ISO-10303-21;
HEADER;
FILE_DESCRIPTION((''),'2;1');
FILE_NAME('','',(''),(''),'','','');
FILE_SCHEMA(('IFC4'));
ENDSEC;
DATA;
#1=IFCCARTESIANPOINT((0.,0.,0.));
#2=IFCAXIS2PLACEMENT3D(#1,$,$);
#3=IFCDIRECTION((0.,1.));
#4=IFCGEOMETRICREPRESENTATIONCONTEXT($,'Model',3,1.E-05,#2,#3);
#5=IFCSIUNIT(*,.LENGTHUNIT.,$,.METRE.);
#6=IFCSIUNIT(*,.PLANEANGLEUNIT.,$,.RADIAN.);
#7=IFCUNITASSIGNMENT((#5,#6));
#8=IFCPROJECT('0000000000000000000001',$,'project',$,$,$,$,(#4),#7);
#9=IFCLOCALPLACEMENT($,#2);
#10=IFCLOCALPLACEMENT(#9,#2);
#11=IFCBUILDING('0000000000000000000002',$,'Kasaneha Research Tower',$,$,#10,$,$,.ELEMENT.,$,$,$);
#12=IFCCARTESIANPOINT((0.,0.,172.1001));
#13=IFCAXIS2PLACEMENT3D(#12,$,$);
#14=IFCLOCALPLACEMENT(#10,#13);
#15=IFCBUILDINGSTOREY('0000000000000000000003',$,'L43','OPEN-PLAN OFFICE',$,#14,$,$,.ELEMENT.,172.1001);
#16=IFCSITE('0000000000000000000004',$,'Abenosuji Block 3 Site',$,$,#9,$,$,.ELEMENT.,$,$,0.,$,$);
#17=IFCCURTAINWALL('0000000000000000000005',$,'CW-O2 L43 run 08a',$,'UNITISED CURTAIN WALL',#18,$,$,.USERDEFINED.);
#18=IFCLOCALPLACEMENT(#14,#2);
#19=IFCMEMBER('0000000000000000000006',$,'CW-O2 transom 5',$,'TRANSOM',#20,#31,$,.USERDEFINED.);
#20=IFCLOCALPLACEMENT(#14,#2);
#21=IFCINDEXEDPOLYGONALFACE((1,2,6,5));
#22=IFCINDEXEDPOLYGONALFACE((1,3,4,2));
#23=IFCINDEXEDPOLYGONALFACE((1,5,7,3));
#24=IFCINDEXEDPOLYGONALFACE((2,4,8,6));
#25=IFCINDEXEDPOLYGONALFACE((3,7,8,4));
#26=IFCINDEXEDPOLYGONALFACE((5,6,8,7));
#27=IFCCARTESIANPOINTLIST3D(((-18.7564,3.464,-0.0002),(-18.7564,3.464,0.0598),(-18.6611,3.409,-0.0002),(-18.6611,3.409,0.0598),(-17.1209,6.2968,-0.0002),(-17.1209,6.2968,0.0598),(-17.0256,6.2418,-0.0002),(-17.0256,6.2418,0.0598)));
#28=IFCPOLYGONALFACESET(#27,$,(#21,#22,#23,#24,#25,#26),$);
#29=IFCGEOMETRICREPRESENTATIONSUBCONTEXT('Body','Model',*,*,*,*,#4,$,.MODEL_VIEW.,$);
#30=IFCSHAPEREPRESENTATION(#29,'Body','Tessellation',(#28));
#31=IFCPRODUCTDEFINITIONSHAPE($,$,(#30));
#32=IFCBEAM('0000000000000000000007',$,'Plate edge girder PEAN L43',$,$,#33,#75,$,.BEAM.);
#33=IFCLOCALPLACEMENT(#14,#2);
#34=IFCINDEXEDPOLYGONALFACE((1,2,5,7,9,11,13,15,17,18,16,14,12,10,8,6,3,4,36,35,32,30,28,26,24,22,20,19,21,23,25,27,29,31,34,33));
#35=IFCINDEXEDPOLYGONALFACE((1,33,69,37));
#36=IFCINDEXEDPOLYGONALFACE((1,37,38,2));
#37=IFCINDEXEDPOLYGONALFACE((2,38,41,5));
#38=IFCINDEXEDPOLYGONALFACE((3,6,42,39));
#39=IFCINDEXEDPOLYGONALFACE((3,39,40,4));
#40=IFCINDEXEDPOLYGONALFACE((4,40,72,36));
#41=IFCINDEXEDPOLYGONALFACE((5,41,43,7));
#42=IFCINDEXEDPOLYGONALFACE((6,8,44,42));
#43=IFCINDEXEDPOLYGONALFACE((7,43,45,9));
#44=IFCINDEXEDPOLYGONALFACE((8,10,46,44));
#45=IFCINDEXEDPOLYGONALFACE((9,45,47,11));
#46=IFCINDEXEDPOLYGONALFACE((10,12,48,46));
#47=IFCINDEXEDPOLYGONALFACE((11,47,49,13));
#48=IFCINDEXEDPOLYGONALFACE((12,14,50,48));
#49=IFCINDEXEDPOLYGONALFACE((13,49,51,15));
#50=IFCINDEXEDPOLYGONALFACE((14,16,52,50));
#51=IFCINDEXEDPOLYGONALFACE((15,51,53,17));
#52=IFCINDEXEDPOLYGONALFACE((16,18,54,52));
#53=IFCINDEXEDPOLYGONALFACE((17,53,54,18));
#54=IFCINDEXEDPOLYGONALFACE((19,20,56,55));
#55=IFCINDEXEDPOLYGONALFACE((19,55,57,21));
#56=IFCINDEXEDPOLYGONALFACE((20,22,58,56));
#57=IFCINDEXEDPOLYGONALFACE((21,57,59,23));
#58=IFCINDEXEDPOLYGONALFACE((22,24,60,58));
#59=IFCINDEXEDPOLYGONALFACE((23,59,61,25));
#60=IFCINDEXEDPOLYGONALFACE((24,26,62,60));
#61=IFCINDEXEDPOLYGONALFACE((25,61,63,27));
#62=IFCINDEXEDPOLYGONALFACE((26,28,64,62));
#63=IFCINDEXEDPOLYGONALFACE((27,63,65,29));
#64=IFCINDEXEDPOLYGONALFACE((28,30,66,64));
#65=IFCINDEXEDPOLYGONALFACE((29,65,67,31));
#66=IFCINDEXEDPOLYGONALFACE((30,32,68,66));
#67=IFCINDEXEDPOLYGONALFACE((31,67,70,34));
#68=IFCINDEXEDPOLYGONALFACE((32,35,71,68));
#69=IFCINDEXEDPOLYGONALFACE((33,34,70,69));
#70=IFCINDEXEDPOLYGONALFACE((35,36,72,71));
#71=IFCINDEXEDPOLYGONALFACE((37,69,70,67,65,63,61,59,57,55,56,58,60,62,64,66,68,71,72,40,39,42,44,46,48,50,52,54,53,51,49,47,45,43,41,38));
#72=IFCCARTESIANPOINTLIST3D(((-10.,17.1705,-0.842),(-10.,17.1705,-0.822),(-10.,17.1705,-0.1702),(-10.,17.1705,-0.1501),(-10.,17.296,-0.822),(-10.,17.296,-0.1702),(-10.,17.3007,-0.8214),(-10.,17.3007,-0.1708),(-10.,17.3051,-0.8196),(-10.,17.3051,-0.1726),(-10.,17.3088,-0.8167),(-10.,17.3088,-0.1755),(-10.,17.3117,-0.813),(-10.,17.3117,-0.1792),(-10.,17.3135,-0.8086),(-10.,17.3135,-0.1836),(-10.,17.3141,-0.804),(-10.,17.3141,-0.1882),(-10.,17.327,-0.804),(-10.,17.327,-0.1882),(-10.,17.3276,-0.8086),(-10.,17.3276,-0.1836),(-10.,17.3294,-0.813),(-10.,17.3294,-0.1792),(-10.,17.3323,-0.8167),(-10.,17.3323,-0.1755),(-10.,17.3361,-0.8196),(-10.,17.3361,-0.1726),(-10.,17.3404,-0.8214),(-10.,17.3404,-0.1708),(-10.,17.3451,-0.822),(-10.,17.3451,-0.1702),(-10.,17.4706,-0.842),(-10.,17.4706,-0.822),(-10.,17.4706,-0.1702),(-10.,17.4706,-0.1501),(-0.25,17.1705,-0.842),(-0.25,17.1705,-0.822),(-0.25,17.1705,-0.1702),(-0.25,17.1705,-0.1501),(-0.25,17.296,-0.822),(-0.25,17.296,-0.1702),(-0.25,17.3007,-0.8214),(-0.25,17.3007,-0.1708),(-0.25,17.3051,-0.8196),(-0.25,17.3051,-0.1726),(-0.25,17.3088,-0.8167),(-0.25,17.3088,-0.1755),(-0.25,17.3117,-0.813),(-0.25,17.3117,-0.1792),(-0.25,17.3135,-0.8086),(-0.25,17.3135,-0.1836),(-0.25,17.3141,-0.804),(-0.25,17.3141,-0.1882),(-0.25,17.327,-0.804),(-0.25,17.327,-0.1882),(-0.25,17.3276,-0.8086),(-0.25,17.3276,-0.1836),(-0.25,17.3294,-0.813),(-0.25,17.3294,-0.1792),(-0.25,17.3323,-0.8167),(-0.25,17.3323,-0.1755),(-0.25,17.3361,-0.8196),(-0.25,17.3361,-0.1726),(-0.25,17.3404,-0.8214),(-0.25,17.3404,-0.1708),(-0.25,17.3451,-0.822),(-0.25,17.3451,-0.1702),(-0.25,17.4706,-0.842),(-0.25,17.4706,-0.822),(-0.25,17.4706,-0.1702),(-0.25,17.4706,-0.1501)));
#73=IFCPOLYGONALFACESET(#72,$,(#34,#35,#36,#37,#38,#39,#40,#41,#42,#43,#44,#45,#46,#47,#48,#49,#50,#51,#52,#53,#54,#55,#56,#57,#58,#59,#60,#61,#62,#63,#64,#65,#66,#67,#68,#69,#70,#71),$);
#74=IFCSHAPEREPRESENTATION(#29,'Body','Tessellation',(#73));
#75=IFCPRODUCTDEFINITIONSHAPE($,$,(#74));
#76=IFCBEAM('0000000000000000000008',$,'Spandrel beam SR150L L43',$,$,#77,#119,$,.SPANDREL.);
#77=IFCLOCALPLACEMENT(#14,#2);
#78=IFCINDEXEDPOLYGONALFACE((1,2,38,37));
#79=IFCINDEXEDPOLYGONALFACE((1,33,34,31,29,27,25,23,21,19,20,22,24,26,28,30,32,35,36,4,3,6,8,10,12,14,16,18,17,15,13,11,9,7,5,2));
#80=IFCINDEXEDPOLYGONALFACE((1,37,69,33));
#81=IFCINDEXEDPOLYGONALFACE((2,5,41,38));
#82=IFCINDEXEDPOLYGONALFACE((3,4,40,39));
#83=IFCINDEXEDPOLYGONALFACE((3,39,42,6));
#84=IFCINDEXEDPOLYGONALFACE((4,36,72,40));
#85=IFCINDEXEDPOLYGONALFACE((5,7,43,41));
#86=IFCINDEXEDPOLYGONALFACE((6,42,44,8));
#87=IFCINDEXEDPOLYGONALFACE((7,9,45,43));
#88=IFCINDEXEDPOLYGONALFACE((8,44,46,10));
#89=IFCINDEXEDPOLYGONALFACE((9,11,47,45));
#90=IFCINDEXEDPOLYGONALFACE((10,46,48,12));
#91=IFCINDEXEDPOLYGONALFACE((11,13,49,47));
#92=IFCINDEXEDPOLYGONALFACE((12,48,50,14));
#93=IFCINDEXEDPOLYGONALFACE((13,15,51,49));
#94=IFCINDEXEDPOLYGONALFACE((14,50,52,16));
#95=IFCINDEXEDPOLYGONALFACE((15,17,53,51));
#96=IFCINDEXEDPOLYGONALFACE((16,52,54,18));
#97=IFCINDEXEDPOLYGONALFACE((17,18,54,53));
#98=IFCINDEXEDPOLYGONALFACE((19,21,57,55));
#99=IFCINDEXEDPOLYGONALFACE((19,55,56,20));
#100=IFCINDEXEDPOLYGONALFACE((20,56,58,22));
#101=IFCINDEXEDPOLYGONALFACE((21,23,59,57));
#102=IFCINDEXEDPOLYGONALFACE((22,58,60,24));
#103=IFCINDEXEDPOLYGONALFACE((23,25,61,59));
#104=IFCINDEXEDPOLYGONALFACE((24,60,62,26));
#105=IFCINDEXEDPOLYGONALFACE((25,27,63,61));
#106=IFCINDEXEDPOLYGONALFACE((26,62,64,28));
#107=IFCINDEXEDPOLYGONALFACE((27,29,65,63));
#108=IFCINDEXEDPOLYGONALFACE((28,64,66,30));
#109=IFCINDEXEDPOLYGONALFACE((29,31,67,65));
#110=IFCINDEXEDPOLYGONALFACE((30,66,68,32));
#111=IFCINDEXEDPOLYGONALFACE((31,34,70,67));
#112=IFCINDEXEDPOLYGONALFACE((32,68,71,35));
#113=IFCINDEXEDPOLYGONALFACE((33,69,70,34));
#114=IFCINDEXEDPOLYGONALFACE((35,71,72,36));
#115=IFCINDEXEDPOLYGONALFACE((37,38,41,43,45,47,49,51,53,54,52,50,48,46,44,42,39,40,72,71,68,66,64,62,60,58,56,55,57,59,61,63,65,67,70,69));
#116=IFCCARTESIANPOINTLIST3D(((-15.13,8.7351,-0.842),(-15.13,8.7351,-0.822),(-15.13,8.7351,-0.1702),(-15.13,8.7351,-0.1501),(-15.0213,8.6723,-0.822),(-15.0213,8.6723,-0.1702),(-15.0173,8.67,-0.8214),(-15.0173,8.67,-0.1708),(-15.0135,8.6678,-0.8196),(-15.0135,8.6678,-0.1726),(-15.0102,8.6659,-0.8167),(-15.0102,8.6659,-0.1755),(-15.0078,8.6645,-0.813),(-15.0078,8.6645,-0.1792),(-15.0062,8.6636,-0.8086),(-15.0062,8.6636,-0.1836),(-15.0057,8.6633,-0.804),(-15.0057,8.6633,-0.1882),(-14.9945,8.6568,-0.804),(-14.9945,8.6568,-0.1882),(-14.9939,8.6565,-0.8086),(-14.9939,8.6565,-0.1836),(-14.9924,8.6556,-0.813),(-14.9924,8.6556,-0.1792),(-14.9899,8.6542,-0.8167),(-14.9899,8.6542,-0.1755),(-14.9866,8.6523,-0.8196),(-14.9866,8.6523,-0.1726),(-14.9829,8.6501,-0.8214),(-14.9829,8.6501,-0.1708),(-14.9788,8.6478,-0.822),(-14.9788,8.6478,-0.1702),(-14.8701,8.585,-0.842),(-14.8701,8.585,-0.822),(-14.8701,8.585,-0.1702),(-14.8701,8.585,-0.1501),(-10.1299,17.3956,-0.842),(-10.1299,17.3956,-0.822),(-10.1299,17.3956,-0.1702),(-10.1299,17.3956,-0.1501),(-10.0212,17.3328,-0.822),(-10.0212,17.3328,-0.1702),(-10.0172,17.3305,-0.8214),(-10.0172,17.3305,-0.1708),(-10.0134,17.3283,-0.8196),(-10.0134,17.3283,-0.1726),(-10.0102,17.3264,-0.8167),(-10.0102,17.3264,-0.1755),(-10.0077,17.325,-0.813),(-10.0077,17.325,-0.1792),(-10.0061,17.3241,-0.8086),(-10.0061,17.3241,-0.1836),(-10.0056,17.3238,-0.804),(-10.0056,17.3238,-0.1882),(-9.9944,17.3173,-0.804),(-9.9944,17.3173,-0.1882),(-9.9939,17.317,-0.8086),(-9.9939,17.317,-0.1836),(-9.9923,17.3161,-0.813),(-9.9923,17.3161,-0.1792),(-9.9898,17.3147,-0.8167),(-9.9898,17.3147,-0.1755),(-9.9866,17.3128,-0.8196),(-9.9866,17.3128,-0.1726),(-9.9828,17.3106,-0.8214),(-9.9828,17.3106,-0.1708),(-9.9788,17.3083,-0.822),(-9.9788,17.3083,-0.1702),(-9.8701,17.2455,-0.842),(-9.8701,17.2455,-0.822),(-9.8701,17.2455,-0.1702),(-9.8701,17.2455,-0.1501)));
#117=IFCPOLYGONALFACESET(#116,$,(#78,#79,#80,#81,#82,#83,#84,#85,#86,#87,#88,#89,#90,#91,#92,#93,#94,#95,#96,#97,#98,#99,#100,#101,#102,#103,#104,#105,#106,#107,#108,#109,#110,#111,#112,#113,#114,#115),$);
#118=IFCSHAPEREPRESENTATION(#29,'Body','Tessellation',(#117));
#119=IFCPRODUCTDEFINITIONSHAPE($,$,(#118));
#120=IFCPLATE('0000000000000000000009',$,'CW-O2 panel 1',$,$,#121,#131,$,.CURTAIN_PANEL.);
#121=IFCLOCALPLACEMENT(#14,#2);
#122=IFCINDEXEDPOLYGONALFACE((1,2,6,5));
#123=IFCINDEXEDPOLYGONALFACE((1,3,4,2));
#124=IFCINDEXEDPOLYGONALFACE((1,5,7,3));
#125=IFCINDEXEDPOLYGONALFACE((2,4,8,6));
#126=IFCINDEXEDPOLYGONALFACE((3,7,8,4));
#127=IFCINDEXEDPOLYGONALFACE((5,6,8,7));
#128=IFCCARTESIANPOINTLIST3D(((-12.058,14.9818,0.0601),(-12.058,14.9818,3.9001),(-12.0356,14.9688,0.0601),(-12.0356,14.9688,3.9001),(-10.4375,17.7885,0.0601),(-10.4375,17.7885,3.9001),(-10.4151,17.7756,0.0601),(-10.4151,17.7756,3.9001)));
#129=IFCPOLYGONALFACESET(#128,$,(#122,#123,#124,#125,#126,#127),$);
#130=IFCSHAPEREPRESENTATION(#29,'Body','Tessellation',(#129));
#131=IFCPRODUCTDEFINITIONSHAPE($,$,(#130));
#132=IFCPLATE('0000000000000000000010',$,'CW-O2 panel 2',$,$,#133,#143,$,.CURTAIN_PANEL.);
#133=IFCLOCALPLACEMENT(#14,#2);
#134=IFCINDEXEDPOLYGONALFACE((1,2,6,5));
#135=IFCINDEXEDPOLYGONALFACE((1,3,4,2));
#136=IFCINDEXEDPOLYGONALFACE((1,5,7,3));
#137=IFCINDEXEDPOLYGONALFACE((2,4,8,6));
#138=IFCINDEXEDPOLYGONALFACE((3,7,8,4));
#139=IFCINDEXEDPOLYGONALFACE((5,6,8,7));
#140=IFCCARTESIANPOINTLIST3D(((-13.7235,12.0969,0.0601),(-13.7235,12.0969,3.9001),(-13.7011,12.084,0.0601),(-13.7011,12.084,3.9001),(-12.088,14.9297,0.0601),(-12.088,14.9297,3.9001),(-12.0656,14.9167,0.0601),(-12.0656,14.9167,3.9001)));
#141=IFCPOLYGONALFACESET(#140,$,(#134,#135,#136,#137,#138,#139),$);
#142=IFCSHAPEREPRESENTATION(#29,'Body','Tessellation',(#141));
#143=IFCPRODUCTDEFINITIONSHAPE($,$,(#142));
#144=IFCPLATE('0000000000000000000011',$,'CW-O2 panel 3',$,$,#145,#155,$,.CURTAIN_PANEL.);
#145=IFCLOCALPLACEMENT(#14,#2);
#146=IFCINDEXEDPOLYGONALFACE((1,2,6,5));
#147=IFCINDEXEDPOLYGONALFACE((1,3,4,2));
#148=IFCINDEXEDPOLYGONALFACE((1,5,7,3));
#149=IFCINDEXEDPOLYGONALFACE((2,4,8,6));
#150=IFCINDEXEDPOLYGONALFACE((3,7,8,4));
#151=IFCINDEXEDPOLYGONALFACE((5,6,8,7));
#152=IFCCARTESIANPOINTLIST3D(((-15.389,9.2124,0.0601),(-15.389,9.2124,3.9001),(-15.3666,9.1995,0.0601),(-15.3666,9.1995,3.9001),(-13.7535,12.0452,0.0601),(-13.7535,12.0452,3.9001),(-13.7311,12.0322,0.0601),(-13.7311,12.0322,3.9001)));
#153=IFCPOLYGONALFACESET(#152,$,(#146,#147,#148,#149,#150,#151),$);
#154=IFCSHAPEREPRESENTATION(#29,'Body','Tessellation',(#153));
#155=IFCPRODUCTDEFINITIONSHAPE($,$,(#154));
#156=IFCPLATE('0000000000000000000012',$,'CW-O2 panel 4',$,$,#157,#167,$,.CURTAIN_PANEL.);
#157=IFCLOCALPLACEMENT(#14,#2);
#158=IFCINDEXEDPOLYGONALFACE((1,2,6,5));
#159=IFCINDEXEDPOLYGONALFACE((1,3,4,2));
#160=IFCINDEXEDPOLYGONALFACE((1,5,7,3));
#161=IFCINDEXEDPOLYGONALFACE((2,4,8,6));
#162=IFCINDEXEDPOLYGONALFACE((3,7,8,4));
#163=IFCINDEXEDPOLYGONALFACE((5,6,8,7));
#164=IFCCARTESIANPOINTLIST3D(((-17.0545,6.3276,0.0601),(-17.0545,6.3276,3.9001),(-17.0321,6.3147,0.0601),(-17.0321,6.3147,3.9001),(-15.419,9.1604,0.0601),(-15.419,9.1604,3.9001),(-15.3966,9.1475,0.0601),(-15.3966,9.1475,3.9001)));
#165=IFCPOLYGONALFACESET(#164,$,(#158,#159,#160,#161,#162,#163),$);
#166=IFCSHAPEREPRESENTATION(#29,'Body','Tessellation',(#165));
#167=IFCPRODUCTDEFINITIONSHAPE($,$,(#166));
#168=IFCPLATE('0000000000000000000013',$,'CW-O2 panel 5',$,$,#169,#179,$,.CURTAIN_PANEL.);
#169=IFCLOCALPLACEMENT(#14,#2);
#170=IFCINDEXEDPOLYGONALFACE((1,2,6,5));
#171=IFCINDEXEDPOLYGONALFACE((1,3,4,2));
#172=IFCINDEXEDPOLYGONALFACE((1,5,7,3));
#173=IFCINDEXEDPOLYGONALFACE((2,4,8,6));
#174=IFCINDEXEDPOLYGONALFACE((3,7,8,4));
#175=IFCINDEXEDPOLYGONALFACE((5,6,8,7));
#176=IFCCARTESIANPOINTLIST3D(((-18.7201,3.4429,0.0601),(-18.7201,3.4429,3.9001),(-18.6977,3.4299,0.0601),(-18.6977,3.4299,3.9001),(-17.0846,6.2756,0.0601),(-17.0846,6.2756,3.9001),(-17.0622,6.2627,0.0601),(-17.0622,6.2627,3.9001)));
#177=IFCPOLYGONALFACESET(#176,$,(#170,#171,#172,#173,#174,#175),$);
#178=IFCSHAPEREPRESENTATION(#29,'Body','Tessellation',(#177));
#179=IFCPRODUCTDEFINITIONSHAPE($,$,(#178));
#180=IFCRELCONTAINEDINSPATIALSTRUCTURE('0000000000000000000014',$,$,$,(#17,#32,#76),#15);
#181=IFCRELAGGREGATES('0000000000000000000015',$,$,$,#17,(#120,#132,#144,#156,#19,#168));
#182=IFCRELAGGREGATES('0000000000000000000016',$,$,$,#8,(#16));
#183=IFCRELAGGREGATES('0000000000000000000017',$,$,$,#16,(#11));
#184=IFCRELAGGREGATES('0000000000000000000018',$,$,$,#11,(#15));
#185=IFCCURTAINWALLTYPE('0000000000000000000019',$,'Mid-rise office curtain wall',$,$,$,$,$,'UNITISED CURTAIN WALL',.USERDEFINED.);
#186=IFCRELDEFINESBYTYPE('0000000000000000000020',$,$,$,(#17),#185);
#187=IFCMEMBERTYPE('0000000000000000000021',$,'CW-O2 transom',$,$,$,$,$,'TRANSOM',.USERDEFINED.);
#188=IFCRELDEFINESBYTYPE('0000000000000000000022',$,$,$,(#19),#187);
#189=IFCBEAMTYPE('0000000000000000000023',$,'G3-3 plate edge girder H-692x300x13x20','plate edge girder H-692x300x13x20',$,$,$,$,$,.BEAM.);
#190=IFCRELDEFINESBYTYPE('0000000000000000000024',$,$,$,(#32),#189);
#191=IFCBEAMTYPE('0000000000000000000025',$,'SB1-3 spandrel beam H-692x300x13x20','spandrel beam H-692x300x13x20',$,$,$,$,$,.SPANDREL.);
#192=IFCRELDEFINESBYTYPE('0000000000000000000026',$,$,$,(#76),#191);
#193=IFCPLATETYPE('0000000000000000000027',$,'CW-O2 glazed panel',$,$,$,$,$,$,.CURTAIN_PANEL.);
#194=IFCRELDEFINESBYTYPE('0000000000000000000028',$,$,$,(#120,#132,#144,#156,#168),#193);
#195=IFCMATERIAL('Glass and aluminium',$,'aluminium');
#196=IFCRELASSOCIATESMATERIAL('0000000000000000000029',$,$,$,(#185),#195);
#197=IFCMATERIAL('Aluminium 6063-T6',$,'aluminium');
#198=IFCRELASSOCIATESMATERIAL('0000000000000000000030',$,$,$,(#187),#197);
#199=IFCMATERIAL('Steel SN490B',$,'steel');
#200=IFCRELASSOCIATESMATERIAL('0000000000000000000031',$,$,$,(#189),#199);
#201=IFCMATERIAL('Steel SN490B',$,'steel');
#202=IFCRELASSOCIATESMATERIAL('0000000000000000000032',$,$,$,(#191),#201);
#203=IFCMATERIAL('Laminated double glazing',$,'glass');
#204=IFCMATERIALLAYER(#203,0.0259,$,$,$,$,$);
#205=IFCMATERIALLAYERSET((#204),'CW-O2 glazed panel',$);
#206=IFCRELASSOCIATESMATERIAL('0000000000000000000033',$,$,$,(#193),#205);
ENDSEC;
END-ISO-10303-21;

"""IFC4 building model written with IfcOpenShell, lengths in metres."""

from ifc_helpers import new_model, si_unit, direction, frame, origin, origin_2d, place, context, subcontext, project, spatial, rectangle, i_section, extrude, material, layer, layer_set, material_profile, profile_set, type_object, element, aggregate, save


model = new_model("IFC4")

# Units and contexts
model_context = context("Model", 3, precision=1e-05, world=origin(), true_north=direction((0.0, 1.0)))
body_context = subcontext(model_context, "Body", "Model", "MODEL_VIEW")
ifc_project = project(units=[si_unit("LENGTHUNIT", "METRE"), si_unit("PLANEANGLEUNIT", "RADIAN")], contexts=[model_context])

# Site, building, storey
site_placement = place(None, origin())
site = spatial("IfcSite", under=ifc_project, at=site_placement, Name="Abenosuji Block 3 Site", CompositionType="ELEMENT", RefElevation=0.0)
building_placement = place(site_placement, origin())
building = spatial("IfcBuilding", under=site, at=building_placement, Name="Kasaneha Research Tower", CompositionType="ELEMENT")
storey_placement = place(building_placement, frame((0.0, 0.0, 172.1001)))
storey = spatial("IfcBuildingStorey", under=building, at=storey_placement, Name="L43", Description="OPEN-PLAN OFFICE", CompositionType="ELEMENT", Elevation=172.1001)

# Shared definitions
ifc_material_1 = material(Name="Glass and aluminium", Category="aluminium")
curtain_wall_type = type_object("IfcCurtainWallType", Name="Mid-rise office curtain wall", ElementType="UNITISED CURTAIN WALL", PredefinedType="USERDEFINED", material=ifc_material_1)

# Curtain wall, member
curtain_wall_1_placement = place(storey_placement, origin())
curtain_wall_1 = element("IfcCurtainWall", 1, at=curtain_wall_1_placement, inside=storey, type_object=curtain_wall_type, Name="CW-O2 L43 run 08a", ObjectType="UNITISED CURTAIN WALL", PredefinedType="USERDEFINED")
ifc_material_2 = material(Name="Aluminium 6063-T6", Category="aluminium")
ifc_material_profile_1 = material_profile(ifc_material_2, rectangle(XDim=0.1101, YDim=0.0601, at=origin_2d()), Name="CW-O2 transom 110x60")
ifc_profile_set_1 = profile_set([ifc_material_profile_1], Name="Aluminium 6063-T6")
member_type_1 = type_object("IfcMemberType", Name="CW-O2 transom", ElementType="TRANSOM", PredefinedType="USERDEFINED", material=ifc_profile_set_1)
member_1_placement = place(storey_placement, frame((-17.0732, 6.2693, 0.0298), z_axis=(-0.5, -0.866025, 0.0), x_axis=(0.866025, -0.5, 0.0)))
member_1 = element("IfcMember", 2, at=member_1_placement, type_object=member_type_1, Name="CW-O2 transom 5", ObjectType="TRANSOM", PredefinedType="USERDEFINED", context=body_context, shape_type="SweptSolid", body=[
    extrude(rectangle(XDim=0.1101, YDim=0.0601, at=origin_2d()), origin(), (0.0, 0.0, 1.0), 3.271),
])

# Beams
ifc_material_3 = material(Name="Steel SN490B", Category="steel")
ifc_material_profile_2 = material_profile(ifc_material_3, i_section(OverallWidth=0.3, OverallDepth=0.6919, WebThickness=0.0129, FlangeThickness=0.02, FilletRadius=0.0181, at=origin_2d()), Name="H-692x300x13x20")
ifc_profile_set_2 = profile_set([ifc_material_profile_2], Name="Steel SN490B")
beam_type_1 = type_object("IfcBeamType", Name="G3-3 plate edge girder H-692x300x13x20", Description="plate edge girder H-692x300x13x20", PredefinedType="BEAM", material=ifc_profile_set_2)
beam_1_placement = place(storey_placement, frame((-10.0, 17.3206, -0.4961), z_axis=(1.0, 0.0, 0.0), x_axis=(0.0, 1.0, 0.0)))
element("IfcBeam", 3, at=beam_1_placement, inside=storey, type_object=beam_type_1, Name="Plate edge girder PEAN L43", PredefinedType="BEAM", context=body_context, shape_type="SweptSolid", body=[
    extrude(i_section(OverallWidth=0.3, OverallDepth=0.6919, WebThickness=0.0129, FlangeThickness=0.02, FilletRadius=0.0181, at=origin_2d()), origin(), (0.0, 0.0, 1.0), 9.75),
])
ifc_material_4 = material(Name="Steel SN490B", Category="steel")
ifc_material_profile_3 = material_profile(ifc_material_4, i_section(OverallWidth=0.3, OverallDepth=0.6919, WebThickness=0.0129, FlangeThickness=0.02, FilletRadius=0.0181, at=origin_2d()), Name="H-692x300x13x20")
ifc_profile_set_3 = profile_set([ifc_material_profile_3], Name="Steel SN490B")
beam_type_2 = type_object("IfcBeamType", Name="SB1-3 spandrel beam H-692x300x13x20", Description="spandrel beam H-692x300x13x20", PredefinedType="SPANDREL", material=ifc_profile_set_3)
beam_2_placement = place(storey_placement, frame((-10.0, 17.3206, -0.4961), z_axis=(-0.499994, -0.866029, 0.0), x_axis=(0.866029, -0.499994, 0.0)))
element("IfcBeam", 4, at=beam_2_placement, inside=storey, type_object=beam_type_2, Name="Spandrel beam SR150L L43", PredefinedType="SPANDREL", context=body_context, shape_type="SweptSolid", body=[
    extrude(i_section(OverallWidth=0.3, OverallDepth=0.6919, WebThickness=0.0129, FlangeThickness=0.02, FilletRadius=0.0181, at=origin_2d()), origin(), (0.0, 0.0, 1.0), 10.0002),
])

# Plates
ifc_material_5 = material(Name="Laminated double glazing", Category="glass")
ifc_layer_1 = layer(ifc_material_5, 0.0259)
ifc_layer_set_1 = layer_set([ifc_layer_1], Name="CW-O2 glazed panel")
plate_type = type_object("IfcPlateType", Name="CW-O2 glazed panel", PredefinedType="CURTAIN_PANEL", material=ifc_layer_set_1)
plate_1_placement = place(storey_placement, frame((-11.2366, 16.3787, 0.0601), z_axis=(0.0, 0.0, 1.0), x_axis=(-0.5, -0.866025, 0.0)))
plate_1 = element("IfcPlate", 5, at=plate_1_placement, type_object=plate_type, Name="CW-O2 panel 1", PredefinedType="CURTAIN_PANEL", context=body_context, shape_type="SweptSolid", body=[
    extrude(rectangle(XDim=3.241, YDim=0.0259, at=origin_2d()), origin(), (0.0, 0.0, 1.0), 3.8401),
])
plate_2_placement = place(storey_placement, frame((-12.8945, 13.5068, 0.0601), z_axis=(0.0, 0.0, 1.0), x_axis=(-0.5, -0.866025, 0.0)))
plate_2 = element("IfcPlate", 6, at=plate_2_placement, type_object=plate_type, Name="CW-O2 panel 2", PredefinedType="CURTAIN_PANEL", context=body_context, shape_type="SweptSolid", body=[
    extrude(rectangle(XDim=3.271, YDim=0.0259, at=origin_2d()), origin(), (0.0, 0.0, 1.0), 3.8401),
])
plate_3_placement = place(storey_placement, frame((-14.5601, 10.6223, 0.0601), z_axis=(0.0, 0.0, 1.0), x_axis=(-0.5, -0.866025, 0.0)))
plate_3 = element("IfcPlate", 7, at=plate_3_placement, type_object=plate_type, Name="CW-O2 panel 3", PredefinedType="CURTAIN_PANEL", context=body_context, shape_type="SweptSolid", body=[
    extrude(rectangle(XDim=3.271, YDim=0.0259, at=origin_2d()), origin(), (0.0, 0.0, 1.0), 3.8401),
])
plate_4_placement = place(storey_placement, frame((-16.2256, 7.7375, 0.0601), z_axis=(0.0, 0.0, 1.0), x_axis=(-0.5, -0.866025, 0.0)))
plate_4 = element("IfcPlate", 8, at=plate_4_placement, type_object=plate_type, Name="CW-O2 panel 4", PredefinedType="CURTAIN_PANEL", context=body_context, shape_type="SweptSolid", body=[
    extrude(rectangle(XDim=3.271, YDim=0.0259, at=origin_2d()), origin(), (0.0, 0.0, 1.0), 3.8401),
])
plate_5_placement = place(storey_placement, frame((-17.8911, 4.8528, 0.0601), z_axis=(0.0, 0.0, 1.0), x_axis=(-0.5, -0.866025, 0.0)))
plate_5 = element("IfcPlate", 9, at=plate_5_placement, type_object=plate_type, Name="CW-O2 panel 5", PredefinedType="CURTAIN_PANEL", context=body_context, shape_type="SweptSolid", body=[
    extrude(rectangle(XDim=3.271, YDim=0.0259, at=origin_2d()), origin(), (0.0, 0.0, 1.0), 3.8401),
])
aggregate(curtain_wall_1, [plate_1, plate_2, plate_3, plate_4, member_1, plate_5])

save(model, "model.ifc")
